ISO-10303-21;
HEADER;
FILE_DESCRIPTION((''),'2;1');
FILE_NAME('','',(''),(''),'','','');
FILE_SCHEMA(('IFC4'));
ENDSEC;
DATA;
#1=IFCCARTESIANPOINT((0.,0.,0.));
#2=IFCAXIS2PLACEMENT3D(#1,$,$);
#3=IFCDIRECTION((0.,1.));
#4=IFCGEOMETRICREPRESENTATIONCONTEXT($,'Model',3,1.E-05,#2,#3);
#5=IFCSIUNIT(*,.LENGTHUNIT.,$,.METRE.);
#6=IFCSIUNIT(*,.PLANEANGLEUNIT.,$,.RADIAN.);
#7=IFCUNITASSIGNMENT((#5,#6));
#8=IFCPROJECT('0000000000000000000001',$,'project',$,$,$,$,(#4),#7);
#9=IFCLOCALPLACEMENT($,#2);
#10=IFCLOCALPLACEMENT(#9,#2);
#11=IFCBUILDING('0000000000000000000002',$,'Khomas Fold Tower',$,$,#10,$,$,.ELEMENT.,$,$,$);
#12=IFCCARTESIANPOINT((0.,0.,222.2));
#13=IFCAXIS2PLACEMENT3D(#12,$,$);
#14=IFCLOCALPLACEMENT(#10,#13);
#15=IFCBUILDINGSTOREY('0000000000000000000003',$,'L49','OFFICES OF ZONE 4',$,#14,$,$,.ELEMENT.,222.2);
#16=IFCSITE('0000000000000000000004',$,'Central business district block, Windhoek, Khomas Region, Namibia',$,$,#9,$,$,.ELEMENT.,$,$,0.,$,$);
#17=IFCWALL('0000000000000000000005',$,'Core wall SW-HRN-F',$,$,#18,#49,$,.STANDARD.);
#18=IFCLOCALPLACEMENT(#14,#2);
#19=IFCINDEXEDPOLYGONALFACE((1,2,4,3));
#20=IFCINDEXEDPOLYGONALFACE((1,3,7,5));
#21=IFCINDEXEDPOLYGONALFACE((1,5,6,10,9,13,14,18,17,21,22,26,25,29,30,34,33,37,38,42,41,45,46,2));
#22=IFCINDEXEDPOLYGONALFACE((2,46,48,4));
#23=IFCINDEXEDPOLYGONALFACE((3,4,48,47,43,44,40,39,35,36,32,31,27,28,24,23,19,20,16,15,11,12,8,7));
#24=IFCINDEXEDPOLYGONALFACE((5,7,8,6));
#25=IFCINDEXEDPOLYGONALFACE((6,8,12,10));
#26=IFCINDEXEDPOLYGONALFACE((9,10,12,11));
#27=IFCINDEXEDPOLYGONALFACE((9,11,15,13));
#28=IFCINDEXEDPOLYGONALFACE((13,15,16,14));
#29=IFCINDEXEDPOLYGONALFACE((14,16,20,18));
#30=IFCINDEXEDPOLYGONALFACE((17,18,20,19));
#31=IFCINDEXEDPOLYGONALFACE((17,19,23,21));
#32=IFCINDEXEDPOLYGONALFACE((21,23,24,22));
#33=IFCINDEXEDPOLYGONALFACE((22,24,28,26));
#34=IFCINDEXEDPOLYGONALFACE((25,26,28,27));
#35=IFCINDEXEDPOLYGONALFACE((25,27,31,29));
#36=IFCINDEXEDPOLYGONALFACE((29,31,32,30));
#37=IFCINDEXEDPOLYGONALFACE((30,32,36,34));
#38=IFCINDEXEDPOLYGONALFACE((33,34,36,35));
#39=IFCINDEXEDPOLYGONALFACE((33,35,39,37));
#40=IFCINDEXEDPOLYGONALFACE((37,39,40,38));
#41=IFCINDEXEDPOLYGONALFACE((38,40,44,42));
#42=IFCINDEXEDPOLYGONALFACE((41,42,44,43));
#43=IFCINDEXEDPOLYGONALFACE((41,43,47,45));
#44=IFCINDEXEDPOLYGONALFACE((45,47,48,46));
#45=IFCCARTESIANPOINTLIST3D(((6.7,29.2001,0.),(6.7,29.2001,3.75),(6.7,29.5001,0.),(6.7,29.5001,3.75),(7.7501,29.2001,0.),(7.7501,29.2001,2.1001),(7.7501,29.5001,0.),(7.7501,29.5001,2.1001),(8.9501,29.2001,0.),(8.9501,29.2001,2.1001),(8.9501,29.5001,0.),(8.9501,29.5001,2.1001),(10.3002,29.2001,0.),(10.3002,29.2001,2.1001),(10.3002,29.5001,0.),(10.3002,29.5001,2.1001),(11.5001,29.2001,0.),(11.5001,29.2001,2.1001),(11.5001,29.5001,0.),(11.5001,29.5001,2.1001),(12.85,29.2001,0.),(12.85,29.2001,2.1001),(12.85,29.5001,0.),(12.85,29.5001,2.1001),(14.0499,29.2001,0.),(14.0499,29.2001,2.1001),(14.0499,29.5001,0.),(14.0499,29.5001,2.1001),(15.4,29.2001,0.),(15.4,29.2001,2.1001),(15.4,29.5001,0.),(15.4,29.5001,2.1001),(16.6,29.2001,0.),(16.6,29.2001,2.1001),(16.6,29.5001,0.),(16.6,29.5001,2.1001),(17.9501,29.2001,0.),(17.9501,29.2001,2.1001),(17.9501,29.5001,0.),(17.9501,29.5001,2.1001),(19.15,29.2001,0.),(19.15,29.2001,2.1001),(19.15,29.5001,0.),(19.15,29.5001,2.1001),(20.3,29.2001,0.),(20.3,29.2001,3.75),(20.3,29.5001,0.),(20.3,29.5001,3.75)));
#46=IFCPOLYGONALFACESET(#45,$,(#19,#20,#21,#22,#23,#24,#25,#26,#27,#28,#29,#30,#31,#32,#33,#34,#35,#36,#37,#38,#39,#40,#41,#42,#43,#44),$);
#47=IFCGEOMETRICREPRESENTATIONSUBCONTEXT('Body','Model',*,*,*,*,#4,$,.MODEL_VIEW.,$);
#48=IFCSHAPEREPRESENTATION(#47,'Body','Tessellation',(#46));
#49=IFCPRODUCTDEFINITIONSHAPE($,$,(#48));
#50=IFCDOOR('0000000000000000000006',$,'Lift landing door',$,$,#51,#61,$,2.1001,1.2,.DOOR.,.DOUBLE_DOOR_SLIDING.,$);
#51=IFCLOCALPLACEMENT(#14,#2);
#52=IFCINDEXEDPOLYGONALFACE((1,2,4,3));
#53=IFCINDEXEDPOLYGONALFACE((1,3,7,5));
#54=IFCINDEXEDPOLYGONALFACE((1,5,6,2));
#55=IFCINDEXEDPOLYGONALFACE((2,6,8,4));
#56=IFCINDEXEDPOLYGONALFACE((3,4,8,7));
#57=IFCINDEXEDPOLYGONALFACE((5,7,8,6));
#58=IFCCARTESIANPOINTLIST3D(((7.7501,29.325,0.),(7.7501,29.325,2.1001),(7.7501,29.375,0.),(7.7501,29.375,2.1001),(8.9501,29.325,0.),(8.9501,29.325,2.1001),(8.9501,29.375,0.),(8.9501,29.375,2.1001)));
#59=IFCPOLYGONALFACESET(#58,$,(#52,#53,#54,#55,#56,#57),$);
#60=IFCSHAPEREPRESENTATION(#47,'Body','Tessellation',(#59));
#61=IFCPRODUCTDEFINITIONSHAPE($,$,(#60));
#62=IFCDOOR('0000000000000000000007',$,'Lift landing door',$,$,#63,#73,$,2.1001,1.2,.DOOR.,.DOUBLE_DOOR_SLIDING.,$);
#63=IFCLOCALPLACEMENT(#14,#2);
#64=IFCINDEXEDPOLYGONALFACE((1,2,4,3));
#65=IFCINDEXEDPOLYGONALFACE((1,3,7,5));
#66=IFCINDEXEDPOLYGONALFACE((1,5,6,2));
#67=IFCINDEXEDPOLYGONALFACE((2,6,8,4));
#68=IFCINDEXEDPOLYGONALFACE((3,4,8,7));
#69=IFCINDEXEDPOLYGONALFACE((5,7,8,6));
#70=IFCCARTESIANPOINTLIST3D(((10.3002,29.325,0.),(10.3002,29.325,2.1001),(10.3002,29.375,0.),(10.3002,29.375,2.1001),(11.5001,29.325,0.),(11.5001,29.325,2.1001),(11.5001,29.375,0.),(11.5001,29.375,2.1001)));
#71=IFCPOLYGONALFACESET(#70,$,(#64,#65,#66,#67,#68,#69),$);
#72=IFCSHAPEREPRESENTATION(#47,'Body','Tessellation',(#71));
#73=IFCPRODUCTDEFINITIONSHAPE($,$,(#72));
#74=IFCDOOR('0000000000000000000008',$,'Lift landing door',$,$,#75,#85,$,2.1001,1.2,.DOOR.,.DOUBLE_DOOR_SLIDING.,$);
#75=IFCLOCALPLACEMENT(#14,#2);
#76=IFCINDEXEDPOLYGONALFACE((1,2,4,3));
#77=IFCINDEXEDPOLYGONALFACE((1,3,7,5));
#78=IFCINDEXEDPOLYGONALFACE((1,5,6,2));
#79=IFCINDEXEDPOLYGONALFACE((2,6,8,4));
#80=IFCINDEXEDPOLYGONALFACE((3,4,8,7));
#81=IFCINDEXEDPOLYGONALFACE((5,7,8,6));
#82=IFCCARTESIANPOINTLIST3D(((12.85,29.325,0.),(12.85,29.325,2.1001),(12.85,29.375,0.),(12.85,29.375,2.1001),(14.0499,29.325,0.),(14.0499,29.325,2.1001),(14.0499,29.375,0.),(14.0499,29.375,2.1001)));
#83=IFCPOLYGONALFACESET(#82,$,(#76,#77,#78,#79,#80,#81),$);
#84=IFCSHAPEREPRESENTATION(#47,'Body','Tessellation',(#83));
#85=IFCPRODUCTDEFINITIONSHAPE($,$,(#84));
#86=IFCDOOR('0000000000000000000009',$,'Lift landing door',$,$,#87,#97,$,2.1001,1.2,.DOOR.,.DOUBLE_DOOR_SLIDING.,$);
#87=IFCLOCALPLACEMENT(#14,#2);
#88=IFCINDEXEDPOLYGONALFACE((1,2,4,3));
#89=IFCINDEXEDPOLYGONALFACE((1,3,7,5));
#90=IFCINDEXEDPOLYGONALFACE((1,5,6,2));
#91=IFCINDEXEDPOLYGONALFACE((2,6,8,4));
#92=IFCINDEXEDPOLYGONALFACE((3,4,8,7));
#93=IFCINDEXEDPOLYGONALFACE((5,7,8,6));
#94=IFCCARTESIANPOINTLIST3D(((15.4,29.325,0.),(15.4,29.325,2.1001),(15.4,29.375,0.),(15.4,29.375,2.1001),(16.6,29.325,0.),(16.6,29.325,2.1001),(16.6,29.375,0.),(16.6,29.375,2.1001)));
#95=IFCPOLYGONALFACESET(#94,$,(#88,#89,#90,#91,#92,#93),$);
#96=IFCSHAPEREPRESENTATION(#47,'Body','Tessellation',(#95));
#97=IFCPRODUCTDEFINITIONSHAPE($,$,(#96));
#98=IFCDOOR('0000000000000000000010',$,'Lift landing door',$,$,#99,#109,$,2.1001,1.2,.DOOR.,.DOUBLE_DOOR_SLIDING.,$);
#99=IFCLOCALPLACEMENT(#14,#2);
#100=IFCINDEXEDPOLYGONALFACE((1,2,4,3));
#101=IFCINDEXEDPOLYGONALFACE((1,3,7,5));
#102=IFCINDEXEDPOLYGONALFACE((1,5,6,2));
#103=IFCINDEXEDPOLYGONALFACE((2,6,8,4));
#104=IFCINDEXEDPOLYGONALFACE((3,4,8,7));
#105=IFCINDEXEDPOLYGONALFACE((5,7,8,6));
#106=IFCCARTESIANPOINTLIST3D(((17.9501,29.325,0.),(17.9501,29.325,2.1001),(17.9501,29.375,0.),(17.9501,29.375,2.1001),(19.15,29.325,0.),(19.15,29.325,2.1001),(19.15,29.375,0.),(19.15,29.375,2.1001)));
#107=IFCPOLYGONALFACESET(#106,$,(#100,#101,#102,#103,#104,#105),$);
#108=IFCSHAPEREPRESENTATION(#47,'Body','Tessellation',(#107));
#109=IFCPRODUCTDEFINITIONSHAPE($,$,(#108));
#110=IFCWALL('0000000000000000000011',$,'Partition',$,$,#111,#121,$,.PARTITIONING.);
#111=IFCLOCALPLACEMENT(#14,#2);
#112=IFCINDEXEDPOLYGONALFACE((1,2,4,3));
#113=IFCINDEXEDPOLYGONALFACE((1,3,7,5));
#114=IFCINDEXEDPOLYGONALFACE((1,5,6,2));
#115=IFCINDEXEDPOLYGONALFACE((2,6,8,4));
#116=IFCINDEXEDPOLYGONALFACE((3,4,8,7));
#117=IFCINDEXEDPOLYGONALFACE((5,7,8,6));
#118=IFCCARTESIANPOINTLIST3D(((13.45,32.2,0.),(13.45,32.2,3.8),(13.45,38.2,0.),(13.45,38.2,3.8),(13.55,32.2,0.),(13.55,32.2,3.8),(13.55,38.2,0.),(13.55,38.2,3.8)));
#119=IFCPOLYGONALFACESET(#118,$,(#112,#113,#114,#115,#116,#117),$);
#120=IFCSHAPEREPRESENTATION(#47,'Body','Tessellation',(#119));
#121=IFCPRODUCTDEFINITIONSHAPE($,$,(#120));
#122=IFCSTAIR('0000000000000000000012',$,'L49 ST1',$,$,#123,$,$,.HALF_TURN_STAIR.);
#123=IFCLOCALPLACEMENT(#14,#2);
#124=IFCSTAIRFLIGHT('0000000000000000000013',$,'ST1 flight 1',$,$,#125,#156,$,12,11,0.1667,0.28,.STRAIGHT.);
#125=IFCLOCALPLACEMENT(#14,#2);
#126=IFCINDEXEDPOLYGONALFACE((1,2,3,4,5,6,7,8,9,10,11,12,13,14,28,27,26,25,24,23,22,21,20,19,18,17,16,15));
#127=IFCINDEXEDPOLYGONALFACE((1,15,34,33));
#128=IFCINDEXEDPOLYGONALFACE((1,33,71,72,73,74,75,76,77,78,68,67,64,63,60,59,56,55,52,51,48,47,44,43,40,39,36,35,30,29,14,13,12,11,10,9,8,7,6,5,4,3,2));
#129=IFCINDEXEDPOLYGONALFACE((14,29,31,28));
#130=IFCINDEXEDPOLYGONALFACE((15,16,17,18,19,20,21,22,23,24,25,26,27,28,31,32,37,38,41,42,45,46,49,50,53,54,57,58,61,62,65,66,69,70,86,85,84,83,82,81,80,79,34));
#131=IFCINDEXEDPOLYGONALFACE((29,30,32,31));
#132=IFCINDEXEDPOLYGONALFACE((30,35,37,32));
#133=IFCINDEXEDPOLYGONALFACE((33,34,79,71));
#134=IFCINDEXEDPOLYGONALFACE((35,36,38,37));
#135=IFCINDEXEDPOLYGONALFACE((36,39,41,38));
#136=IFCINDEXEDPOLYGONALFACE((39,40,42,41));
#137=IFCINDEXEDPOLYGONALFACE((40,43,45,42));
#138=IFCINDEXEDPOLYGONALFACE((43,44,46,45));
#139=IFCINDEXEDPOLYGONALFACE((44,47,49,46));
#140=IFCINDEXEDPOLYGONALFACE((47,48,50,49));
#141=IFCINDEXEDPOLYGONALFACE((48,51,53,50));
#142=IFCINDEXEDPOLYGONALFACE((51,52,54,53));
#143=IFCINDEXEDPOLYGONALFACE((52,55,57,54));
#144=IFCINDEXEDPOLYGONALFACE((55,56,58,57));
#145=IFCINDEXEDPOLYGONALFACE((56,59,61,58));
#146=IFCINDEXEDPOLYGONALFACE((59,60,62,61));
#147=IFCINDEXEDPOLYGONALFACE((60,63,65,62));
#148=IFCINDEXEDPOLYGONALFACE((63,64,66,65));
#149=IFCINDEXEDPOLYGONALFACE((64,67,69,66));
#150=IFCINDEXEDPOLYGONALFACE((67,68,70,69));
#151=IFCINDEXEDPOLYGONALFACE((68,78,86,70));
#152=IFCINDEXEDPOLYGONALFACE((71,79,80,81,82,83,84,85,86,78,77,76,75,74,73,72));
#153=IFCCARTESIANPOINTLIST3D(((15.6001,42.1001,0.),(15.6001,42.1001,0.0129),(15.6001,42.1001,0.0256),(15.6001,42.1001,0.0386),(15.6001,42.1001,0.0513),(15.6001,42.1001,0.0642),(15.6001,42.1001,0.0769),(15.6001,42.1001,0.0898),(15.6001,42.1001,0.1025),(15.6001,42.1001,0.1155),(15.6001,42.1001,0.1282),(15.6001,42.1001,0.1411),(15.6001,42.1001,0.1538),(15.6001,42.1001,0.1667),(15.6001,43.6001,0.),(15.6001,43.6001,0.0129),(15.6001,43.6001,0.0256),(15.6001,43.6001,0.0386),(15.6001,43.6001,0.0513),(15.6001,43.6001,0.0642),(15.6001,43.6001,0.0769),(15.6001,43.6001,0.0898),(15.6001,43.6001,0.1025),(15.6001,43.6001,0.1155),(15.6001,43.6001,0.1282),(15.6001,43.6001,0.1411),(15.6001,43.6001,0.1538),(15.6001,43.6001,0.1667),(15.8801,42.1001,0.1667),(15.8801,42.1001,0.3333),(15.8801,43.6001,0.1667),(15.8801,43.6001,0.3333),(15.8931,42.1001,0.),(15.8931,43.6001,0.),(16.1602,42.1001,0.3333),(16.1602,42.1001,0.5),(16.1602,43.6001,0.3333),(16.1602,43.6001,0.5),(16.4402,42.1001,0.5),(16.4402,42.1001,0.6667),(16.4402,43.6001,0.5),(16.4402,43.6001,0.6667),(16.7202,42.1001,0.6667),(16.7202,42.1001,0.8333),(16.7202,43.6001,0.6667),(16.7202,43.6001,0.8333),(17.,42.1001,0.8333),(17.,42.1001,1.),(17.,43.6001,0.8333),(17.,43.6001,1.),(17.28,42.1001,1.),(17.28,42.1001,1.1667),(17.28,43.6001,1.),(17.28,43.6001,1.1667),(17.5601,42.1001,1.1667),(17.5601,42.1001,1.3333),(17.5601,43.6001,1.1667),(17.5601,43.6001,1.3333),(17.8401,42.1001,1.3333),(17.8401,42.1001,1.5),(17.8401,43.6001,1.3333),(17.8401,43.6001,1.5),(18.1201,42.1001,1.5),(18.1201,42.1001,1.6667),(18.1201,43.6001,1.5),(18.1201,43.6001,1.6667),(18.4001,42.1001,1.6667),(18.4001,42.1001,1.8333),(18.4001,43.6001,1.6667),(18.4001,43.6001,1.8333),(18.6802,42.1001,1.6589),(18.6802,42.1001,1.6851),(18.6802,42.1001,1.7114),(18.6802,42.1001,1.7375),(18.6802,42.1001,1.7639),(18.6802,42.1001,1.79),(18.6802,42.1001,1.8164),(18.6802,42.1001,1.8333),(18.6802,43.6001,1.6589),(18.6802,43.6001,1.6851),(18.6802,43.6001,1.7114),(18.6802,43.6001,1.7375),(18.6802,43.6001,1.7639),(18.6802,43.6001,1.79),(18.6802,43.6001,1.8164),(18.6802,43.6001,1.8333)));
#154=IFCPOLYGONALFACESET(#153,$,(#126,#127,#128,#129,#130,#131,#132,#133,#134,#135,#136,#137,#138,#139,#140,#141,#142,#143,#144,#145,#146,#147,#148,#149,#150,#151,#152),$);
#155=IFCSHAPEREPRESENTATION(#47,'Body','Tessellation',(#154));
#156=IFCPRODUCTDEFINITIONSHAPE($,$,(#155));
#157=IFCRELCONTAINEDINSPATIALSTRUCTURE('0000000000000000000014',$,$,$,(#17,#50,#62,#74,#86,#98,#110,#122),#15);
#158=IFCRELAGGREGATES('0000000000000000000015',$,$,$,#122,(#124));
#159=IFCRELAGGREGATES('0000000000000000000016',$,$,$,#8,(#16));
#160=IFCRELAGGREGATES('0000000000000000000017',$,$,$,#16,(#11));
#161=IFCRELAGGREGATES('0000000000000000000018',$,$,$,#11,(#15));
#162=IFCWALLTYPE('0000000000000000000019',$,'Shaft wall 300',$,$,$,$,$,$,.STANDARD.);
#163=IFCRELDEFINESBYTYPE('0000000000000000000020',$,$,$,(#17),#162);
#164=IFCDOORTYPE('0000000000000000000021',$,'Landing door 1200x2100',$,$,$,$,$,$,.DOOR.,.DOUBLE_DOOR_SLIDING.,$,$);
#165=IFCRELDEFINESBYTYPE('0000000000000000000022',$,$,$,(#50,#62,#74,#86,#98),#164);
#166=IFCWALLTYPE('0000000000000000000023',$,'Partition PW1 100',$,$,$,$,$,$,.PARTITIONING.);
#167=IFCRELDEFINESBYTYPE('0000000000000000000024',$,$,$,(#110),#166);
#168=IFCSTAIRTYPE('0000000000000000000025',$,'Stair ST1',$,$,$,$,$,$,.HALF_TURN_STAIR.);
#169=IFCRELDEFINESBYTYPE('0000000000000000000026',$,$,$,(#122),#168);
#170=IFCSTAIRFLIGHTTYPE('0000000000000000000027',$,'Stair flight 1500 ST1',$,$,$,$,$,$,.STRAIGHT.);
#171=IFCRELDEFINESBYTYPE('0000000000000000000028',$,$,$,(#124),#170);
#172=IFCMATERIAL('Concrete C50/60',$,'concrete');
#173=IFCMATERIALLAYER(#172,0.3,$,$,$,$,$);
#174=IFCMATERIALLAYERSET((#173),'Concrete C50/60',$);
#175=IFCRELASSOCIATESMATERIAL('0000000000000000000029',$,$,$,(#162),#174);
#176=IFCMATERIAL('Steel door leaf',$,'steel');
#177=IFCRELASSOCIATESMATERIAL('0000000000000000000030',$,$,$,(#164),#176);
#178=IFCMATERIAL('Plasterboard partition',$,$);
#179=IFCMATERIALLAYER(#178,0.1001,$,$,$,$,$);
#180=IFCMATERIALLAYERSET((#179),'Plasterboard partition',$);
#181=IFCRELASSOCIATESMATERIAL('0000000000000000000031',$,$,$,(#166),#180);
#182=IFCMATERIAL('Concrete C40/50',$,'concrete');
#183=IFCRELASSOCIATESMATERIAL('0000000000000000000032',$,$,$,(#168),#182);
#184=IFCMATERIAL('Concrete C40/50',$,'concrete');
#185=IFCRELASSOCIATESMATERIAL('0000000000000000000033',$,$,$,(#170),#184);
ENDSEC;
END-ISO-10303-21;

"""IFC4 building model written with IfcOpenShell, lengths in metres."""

from ifc_helpers import new_model, si_unit, direction, frame, frame_2d, origin, place, context, subcontext, project, spatial, polyline, rectangle, outline, extrude, source, transform, mapped, material, layer, layer_set, type_object, element, fill, aggregate, save


model = new_model("IFC4")

# Units and contexts
model_context = context("Model", 3, precision=1e-05, world=origin(), true_north=direction((0.0, 1.0)))
body_context = subcontext(model_context, "Body", "Model", "MODEL_VIEW")
ifc_project = project(units=[si_unit("LENGTHUNIT", "METRE"), si_unit("PLANEANGLEUNIT", "RADIAN")], contexts=[model_context])

# Site, building, storey
site_placement = place(None, origin())
site = spatial("IfcSite", under=ifc_project, at=site_placement, Name="Central business district block, Windhoek, Khomas Region, Namibia", CompositionType="ELEMENT", RefElevation=0.0)
building_placement = place(site_placement, origin())
building = spatial("IfcBuilding", under=site, at=building_placement, Name="Khomas Fold Tower", CompositionType="ELEMENT")
storey_placement = place(building_placement, frame((0.0, 0.0, 222.2)))
storey = spatial("IfcBuildingStorey", under=building, at=storey_placement, Name="L49", Description="OFFICES OF ZONE 4", CompositionType="ELEMENT", Elevation=222.2)

# Shared definitions
ifc_material_1 = material(Name="Concrete C50/60", Category="concrete")
ifc_layer_1 = layer(ifc_material_1, 0.3)
ifc_layer_set_1 = layer_set([ifc_layer_1], Name="Concrete C50/60")
wall_type_1 = type_object("IfcWallType", Name="Shaft wall 300", PredefinedType="STANDARD", material=ifc_layer_set_1)
shared_shape_1 = source(origin(), body_context, "Body", "SweptSolid", [
    extrude(rectangle(XDim=13.6001, YDim=0.3, at=frame_2d((6.8, 0.0))), origin(), (0.0, 0.0, 1.0), 3.75),
])

# Wall, openings, doors
wall_1_placement = place(storey_placement, frame((6.7, 29.3501, 0.0), z_axis=(0.0, 0.0, 1.0), x_axis=(1.0, 0.0, 0.0)))
wall_1 = element("IfcWall", 1, at=wall_1_placement, inside=storey, type_object=wall_type_1, Name="Core wall SW-HRN-F", PredefinedType="STANDARD", context=body_context, shape_type="MappedRepresentation", body=[
    mapped(shared_shape_1, transform((0.0, 0.0, 0.0))),
])
shared_shape_2 = source(origin(), body_context, "Body", "SweptSolid", [
    extrude(rectangle(XDim=1.2, YDim=2.1001, at=frame_2d((0.6001, 1.05))), frame((0.0, 0.1599, 0.0), z_axis=(0.0, -1.0, 0.0), x_axis=(1.0, 0.0, 0.0)), (0.0, 0.0, 1.0), 0.3201),
])
opening_1_placement = place(wall_1_placement, frame((1.05, 0.0, 0.0)))
opening_1 = element("IfcOpeningElement", 2, at=opening_1_placement, cuts=wall_1, PredefinedType="OPENING", context=body_context, shape_type="MappedRepresentation", body=[
    mapped(shared_shape_2, transform((0.0, 0.0, 0.0))),
])
opening_2_placement = place(wall_1_placement, frame((3.6001, 0.0, 0.0)))
opening_2 = element("IfcOpeningElement", 3, at=opening_2_placement, cuts=wall_1, PredefinedType="OPENING", context=body_context, shape_type="MappedRepresentation", body=[
    mapped(shared_shape_2, transform((0.0, 0.0, 0.0))),
])
opening_3_placement = place(wall_1_placement, frame((6.1499, 0.0, 0.0)))
opening_3 = element("IfcOpeningElement", 4, at=opening_3_placement, cuts=wall_1, PredefinedType="OPENING", context=body_context, shape_type="MappedRepresentation", body=[
    mapped(shared_shape_2, transform((0.0, 0.0, 0.0))),
])
opening_4_placement = place(wall_1_placement, frame((8.7, 0.0, 0.0)))
opening_4 = element("IfcOpeningElement", 5, at=opening_4_placement, cuts=wall_1, PredefinedType="OPENING", context=body_context, shape_type="MappedRepresentation", body=[
    mapped(shared_shape_2, transform((0.0, 0.0, 0.0))),
])
opening_5_placement = place(wall_1_placement, frame((11.25, 0.0, 0.0)))
opening_5 = element("IfcOpeningElement", 6, at=opening_5_placement, cuts=wall_1, PredefinedType="OPENING", context=body_context, shape_type="MappedRepresentation", body=[
    mapped(shared_shape_2, transform((0.0, 0.0, 0.0))),
])
ifc_material_2 = material(Name="Steel door leaf", Category="steel")
door_type_1 = type_object("IfcDoorType", Name="Landing door 1200x2100", OperationType="DOUBLE_DOOR_SLIDING", PredefinedType="DOOR", material=ifc_material_2)
shared_shape_3 = source(origin(), body_context, "Body", "SweptSolid", [
    extrude(rectangle(XDim=1.2, YDim=2.1001, at=frame_2d((0.6001, 1.05))), frame((0.0, 0.0249, 0.0), z_axis=(0.0, -1.0, 0.0), x_axis=(1.0, 0.0, 0.0)), (0.0, 0.0, 1.0), 0.05),
])
door_1_placement = place(opening_1_placement, origin())
door_1 = element("IfcDoor", 7, at=door_1_placement, inside=storey, type_object=door_type_1, Name="Lift landing door", OperationType="DOUBLE_DOOR_SLIDING", OverallHeight=2.1001, OverallWidth=1.2, PredefinedType="DOOR", context=body_context, shape_type="MappedRepresentation", body=[
    mapped(shared_shape_3, transform((0.0, 0.0, 0.0))),
])
fill(opening_1, door_1)
door_2_placement = place(opening_2_placement, origin())
door_2 = element("IfcDoor", 8, at=door_2_placement, inside=storey, type_object=door_type_1, Name="Lift landing door", OperationType="DOUBLE_DOOR_SLIDING", OverallHeight=2.1001, OverallWidth=1.2, PredefinedType="DOOR", context=body_context, shape_type="MappedRepresentation", body=[
    mapped(shared_shape_3, transform((0.0, 0.0, 0.0))),
])
fill(opening_2, door_2)
door_3_placement = place(opening_3_placement, origin())
door_3 = element("IfcDoor", 9, at=door_3_placement, inside=storey, type_object=door_type_1, Name="Lift landing door", OperationType="DOUBLE_DOOR_SLIDING", OverallHeight=2.1001, OverallWidth=1.2, PredefinedType="DOOR", context=body_context, shape_type="MappedRepresentation", body=[
    mapped(shared_shape_3, transform((0.0, 0.0, 0.0))),
])
fill(opening_3, door_3)
door_4_placement = place(opening_4_placement, origin())
door_4 = element("IfcDoor", 10, at=door_4_placement, inside=storey, type_object=door_type_1, Name="Lift landing door", OperationType="DOUBLE_DOOR_SLIDING", OverallHeight=2.1001, OverallWidth=1.2, PredefinedType="DOOR", context=body_context, shape_type="MappedRepresentation", body=[
    mapped(shared_shape_3, transform((0.0, 0.0, 0.0))),
])
fill(opening_4, door_4)
door_5_placement = place(opening_5_placement, origin())
door_5 = element("IfcDoor", 11, at=door_5_placement, inside=storey, type_object=door_type_1, Name="Lift landing door", OperationType="DOUBLE_DOOR_SLIDING", OverallHeight=2.1001, OverallWidth=1.2, PredefinedType="DOOR", context=body_context, shape_type="MappedRepresentation", body=[
    mapped(shared_shape_3, transform((0.0, 0.0, 0.0))),
])
fill(opening_5, door_5)

# Wall
ifc_material_3 = material(Name="Plasterboard partition")
ifc_layer_2 = layer(ifc_material_3, 0.1001)
ifc_layer_set_2 = layer_set([ifc_layer_2], Name="Plasterboard partition")
wall_type_2 = type_object("IfcWallType", Name="Partition PW1 100", PredefinedType="PARTITIONING", material=ifc_layer_set_2)
shared_shape_4 = source(origin(), body_context, "Body", "SweptSolid", [
    extrude(rectangle(XDim=6.0, YDim=0.1001, at=frame_2d((3.0, 0.0))), origin(), (0.0, 0.0, 1.0), 3.8),
])
wall_2_placement = place(storey_placement, frame((13.5, 32.2, 0.0), z_axis=(0.0, 0.0, 1.0), x_axis=(0.0, 1.0, 0.0)))
element("IfcWall", 12, at=wall_2_placement, inside=storey, type_object=wall_type_2, Name="Partition", PredefinedType="PARTITIONING", context=body_context, shape_type="MappedRepresentation", body=[
    mapped(shared_shape_4, transform((0.0, 0.0, 0.0))),
])

# Stair, stair flight
ifc_material_4 = material(Name="Concrete C40/50", Category="concrete")
stair_type = type_object("IfcStairType", Name="Stair ST1", PredefinedType="HALF_TURN_STAIR", material=ifc_material_4)
stair_placement = place(storey_placement, origin())
stair = element("IfcStair", 13, at=stair_placement, inside=storey, type_object=stair_type, Name="L49 ST1", PredefinedType="HALF_TURN_STAIR")
ifc_material_5 = material(Name="Concrete C40/50", Category="concrete")
stair_flight_type = type_object("IfcStairFlightType", Name="Stair flight 1500 ST1", PredefinedType="STRAIGHT", material=ifc_material_5)
shared_shape_5 = source(origin(), body_context, "Body", "SweptSolid", [
    extrude(outline(polyline([(0.0, 0.0), (0.0, 0.0129), (0.0, 0.0256), (0.0, 0.0386), (0.0, 0.0513), (0.0, 0.0642), (0.0, 0.0769), (0.0, 0.0898), (0.0, 0.1025), (0.0, 0.1155), (0.0, 0.1282), (0.0, 0.1411), (0.0, 0.1538), (0.0, 0.1667), (0.28, 0.1667), (0.28, 0.3333), (0.5601, 0.3333), (0.5601, 0.5), (0.8401, 0.5), (0.8401, 0.6667), (1.1201, 0.6667), (1.1201, 0.8333), (1.3999, 0.8333), (1.3999, 1.0), (1.6799, 1.0), (1.6799, 1.1667), (1.96, 1.1667), (1.96, 1.3333), (2.24, 1.3333), (2.24, 1.5), (2.52, 1.5), (2.52, 1.6667), (2.8, 1.6667), (2.8, 1.8333), (3.0801, 1.8333), (3.0801, 2.0), (3.0801, 1.9739), (3.0801, 1.9475), (3.0801, 1.9214), (3.0801, 1.895), (3.0801, 1.8689), (3.0801, 1.8425), (3.0801, 1.8164), (3.0801, 1.79), (3.0801, 1.7639), (3.0801, 1.7375), (3.0801, 1.7114), (3.0801, 1.6851), (3.0801, 1.6589), (0.293, 0.0), (0.0, 0.0)])), frame((0.0, 0.75, 0.0), z_axis=(0.0, -1.0, 0.0), x_axis=(1.0, 0.0, 0.0)), (0.0, 0.0, 1.0), 1.5),
])
stair_flight_placement = place(storey_placement, frame((15.6001, 42.8501, 0.0), z_axis=(0.0, 0.0, 1.0), x_axis=(1.0, 0.0, 0.0)))
stair_flight = element("IfcStairFlight", 14, at=stair_flight_placement, type_object=stair_flight_type, Name="ST1 flight 1", NumberOfRisers=12, NumberOfTreads=11, PredefinedType="STRAIGHT", RiserHeight=0.1667, TreadLength=0.28, context=body_context, shape_type="MappedRepresentation", body=[
    mapped(shared_shape_5, transform((0.0, 0.0, 0.0))),
])
aggregate(stair, [stair_flight])

save(model, "model.ifc")
